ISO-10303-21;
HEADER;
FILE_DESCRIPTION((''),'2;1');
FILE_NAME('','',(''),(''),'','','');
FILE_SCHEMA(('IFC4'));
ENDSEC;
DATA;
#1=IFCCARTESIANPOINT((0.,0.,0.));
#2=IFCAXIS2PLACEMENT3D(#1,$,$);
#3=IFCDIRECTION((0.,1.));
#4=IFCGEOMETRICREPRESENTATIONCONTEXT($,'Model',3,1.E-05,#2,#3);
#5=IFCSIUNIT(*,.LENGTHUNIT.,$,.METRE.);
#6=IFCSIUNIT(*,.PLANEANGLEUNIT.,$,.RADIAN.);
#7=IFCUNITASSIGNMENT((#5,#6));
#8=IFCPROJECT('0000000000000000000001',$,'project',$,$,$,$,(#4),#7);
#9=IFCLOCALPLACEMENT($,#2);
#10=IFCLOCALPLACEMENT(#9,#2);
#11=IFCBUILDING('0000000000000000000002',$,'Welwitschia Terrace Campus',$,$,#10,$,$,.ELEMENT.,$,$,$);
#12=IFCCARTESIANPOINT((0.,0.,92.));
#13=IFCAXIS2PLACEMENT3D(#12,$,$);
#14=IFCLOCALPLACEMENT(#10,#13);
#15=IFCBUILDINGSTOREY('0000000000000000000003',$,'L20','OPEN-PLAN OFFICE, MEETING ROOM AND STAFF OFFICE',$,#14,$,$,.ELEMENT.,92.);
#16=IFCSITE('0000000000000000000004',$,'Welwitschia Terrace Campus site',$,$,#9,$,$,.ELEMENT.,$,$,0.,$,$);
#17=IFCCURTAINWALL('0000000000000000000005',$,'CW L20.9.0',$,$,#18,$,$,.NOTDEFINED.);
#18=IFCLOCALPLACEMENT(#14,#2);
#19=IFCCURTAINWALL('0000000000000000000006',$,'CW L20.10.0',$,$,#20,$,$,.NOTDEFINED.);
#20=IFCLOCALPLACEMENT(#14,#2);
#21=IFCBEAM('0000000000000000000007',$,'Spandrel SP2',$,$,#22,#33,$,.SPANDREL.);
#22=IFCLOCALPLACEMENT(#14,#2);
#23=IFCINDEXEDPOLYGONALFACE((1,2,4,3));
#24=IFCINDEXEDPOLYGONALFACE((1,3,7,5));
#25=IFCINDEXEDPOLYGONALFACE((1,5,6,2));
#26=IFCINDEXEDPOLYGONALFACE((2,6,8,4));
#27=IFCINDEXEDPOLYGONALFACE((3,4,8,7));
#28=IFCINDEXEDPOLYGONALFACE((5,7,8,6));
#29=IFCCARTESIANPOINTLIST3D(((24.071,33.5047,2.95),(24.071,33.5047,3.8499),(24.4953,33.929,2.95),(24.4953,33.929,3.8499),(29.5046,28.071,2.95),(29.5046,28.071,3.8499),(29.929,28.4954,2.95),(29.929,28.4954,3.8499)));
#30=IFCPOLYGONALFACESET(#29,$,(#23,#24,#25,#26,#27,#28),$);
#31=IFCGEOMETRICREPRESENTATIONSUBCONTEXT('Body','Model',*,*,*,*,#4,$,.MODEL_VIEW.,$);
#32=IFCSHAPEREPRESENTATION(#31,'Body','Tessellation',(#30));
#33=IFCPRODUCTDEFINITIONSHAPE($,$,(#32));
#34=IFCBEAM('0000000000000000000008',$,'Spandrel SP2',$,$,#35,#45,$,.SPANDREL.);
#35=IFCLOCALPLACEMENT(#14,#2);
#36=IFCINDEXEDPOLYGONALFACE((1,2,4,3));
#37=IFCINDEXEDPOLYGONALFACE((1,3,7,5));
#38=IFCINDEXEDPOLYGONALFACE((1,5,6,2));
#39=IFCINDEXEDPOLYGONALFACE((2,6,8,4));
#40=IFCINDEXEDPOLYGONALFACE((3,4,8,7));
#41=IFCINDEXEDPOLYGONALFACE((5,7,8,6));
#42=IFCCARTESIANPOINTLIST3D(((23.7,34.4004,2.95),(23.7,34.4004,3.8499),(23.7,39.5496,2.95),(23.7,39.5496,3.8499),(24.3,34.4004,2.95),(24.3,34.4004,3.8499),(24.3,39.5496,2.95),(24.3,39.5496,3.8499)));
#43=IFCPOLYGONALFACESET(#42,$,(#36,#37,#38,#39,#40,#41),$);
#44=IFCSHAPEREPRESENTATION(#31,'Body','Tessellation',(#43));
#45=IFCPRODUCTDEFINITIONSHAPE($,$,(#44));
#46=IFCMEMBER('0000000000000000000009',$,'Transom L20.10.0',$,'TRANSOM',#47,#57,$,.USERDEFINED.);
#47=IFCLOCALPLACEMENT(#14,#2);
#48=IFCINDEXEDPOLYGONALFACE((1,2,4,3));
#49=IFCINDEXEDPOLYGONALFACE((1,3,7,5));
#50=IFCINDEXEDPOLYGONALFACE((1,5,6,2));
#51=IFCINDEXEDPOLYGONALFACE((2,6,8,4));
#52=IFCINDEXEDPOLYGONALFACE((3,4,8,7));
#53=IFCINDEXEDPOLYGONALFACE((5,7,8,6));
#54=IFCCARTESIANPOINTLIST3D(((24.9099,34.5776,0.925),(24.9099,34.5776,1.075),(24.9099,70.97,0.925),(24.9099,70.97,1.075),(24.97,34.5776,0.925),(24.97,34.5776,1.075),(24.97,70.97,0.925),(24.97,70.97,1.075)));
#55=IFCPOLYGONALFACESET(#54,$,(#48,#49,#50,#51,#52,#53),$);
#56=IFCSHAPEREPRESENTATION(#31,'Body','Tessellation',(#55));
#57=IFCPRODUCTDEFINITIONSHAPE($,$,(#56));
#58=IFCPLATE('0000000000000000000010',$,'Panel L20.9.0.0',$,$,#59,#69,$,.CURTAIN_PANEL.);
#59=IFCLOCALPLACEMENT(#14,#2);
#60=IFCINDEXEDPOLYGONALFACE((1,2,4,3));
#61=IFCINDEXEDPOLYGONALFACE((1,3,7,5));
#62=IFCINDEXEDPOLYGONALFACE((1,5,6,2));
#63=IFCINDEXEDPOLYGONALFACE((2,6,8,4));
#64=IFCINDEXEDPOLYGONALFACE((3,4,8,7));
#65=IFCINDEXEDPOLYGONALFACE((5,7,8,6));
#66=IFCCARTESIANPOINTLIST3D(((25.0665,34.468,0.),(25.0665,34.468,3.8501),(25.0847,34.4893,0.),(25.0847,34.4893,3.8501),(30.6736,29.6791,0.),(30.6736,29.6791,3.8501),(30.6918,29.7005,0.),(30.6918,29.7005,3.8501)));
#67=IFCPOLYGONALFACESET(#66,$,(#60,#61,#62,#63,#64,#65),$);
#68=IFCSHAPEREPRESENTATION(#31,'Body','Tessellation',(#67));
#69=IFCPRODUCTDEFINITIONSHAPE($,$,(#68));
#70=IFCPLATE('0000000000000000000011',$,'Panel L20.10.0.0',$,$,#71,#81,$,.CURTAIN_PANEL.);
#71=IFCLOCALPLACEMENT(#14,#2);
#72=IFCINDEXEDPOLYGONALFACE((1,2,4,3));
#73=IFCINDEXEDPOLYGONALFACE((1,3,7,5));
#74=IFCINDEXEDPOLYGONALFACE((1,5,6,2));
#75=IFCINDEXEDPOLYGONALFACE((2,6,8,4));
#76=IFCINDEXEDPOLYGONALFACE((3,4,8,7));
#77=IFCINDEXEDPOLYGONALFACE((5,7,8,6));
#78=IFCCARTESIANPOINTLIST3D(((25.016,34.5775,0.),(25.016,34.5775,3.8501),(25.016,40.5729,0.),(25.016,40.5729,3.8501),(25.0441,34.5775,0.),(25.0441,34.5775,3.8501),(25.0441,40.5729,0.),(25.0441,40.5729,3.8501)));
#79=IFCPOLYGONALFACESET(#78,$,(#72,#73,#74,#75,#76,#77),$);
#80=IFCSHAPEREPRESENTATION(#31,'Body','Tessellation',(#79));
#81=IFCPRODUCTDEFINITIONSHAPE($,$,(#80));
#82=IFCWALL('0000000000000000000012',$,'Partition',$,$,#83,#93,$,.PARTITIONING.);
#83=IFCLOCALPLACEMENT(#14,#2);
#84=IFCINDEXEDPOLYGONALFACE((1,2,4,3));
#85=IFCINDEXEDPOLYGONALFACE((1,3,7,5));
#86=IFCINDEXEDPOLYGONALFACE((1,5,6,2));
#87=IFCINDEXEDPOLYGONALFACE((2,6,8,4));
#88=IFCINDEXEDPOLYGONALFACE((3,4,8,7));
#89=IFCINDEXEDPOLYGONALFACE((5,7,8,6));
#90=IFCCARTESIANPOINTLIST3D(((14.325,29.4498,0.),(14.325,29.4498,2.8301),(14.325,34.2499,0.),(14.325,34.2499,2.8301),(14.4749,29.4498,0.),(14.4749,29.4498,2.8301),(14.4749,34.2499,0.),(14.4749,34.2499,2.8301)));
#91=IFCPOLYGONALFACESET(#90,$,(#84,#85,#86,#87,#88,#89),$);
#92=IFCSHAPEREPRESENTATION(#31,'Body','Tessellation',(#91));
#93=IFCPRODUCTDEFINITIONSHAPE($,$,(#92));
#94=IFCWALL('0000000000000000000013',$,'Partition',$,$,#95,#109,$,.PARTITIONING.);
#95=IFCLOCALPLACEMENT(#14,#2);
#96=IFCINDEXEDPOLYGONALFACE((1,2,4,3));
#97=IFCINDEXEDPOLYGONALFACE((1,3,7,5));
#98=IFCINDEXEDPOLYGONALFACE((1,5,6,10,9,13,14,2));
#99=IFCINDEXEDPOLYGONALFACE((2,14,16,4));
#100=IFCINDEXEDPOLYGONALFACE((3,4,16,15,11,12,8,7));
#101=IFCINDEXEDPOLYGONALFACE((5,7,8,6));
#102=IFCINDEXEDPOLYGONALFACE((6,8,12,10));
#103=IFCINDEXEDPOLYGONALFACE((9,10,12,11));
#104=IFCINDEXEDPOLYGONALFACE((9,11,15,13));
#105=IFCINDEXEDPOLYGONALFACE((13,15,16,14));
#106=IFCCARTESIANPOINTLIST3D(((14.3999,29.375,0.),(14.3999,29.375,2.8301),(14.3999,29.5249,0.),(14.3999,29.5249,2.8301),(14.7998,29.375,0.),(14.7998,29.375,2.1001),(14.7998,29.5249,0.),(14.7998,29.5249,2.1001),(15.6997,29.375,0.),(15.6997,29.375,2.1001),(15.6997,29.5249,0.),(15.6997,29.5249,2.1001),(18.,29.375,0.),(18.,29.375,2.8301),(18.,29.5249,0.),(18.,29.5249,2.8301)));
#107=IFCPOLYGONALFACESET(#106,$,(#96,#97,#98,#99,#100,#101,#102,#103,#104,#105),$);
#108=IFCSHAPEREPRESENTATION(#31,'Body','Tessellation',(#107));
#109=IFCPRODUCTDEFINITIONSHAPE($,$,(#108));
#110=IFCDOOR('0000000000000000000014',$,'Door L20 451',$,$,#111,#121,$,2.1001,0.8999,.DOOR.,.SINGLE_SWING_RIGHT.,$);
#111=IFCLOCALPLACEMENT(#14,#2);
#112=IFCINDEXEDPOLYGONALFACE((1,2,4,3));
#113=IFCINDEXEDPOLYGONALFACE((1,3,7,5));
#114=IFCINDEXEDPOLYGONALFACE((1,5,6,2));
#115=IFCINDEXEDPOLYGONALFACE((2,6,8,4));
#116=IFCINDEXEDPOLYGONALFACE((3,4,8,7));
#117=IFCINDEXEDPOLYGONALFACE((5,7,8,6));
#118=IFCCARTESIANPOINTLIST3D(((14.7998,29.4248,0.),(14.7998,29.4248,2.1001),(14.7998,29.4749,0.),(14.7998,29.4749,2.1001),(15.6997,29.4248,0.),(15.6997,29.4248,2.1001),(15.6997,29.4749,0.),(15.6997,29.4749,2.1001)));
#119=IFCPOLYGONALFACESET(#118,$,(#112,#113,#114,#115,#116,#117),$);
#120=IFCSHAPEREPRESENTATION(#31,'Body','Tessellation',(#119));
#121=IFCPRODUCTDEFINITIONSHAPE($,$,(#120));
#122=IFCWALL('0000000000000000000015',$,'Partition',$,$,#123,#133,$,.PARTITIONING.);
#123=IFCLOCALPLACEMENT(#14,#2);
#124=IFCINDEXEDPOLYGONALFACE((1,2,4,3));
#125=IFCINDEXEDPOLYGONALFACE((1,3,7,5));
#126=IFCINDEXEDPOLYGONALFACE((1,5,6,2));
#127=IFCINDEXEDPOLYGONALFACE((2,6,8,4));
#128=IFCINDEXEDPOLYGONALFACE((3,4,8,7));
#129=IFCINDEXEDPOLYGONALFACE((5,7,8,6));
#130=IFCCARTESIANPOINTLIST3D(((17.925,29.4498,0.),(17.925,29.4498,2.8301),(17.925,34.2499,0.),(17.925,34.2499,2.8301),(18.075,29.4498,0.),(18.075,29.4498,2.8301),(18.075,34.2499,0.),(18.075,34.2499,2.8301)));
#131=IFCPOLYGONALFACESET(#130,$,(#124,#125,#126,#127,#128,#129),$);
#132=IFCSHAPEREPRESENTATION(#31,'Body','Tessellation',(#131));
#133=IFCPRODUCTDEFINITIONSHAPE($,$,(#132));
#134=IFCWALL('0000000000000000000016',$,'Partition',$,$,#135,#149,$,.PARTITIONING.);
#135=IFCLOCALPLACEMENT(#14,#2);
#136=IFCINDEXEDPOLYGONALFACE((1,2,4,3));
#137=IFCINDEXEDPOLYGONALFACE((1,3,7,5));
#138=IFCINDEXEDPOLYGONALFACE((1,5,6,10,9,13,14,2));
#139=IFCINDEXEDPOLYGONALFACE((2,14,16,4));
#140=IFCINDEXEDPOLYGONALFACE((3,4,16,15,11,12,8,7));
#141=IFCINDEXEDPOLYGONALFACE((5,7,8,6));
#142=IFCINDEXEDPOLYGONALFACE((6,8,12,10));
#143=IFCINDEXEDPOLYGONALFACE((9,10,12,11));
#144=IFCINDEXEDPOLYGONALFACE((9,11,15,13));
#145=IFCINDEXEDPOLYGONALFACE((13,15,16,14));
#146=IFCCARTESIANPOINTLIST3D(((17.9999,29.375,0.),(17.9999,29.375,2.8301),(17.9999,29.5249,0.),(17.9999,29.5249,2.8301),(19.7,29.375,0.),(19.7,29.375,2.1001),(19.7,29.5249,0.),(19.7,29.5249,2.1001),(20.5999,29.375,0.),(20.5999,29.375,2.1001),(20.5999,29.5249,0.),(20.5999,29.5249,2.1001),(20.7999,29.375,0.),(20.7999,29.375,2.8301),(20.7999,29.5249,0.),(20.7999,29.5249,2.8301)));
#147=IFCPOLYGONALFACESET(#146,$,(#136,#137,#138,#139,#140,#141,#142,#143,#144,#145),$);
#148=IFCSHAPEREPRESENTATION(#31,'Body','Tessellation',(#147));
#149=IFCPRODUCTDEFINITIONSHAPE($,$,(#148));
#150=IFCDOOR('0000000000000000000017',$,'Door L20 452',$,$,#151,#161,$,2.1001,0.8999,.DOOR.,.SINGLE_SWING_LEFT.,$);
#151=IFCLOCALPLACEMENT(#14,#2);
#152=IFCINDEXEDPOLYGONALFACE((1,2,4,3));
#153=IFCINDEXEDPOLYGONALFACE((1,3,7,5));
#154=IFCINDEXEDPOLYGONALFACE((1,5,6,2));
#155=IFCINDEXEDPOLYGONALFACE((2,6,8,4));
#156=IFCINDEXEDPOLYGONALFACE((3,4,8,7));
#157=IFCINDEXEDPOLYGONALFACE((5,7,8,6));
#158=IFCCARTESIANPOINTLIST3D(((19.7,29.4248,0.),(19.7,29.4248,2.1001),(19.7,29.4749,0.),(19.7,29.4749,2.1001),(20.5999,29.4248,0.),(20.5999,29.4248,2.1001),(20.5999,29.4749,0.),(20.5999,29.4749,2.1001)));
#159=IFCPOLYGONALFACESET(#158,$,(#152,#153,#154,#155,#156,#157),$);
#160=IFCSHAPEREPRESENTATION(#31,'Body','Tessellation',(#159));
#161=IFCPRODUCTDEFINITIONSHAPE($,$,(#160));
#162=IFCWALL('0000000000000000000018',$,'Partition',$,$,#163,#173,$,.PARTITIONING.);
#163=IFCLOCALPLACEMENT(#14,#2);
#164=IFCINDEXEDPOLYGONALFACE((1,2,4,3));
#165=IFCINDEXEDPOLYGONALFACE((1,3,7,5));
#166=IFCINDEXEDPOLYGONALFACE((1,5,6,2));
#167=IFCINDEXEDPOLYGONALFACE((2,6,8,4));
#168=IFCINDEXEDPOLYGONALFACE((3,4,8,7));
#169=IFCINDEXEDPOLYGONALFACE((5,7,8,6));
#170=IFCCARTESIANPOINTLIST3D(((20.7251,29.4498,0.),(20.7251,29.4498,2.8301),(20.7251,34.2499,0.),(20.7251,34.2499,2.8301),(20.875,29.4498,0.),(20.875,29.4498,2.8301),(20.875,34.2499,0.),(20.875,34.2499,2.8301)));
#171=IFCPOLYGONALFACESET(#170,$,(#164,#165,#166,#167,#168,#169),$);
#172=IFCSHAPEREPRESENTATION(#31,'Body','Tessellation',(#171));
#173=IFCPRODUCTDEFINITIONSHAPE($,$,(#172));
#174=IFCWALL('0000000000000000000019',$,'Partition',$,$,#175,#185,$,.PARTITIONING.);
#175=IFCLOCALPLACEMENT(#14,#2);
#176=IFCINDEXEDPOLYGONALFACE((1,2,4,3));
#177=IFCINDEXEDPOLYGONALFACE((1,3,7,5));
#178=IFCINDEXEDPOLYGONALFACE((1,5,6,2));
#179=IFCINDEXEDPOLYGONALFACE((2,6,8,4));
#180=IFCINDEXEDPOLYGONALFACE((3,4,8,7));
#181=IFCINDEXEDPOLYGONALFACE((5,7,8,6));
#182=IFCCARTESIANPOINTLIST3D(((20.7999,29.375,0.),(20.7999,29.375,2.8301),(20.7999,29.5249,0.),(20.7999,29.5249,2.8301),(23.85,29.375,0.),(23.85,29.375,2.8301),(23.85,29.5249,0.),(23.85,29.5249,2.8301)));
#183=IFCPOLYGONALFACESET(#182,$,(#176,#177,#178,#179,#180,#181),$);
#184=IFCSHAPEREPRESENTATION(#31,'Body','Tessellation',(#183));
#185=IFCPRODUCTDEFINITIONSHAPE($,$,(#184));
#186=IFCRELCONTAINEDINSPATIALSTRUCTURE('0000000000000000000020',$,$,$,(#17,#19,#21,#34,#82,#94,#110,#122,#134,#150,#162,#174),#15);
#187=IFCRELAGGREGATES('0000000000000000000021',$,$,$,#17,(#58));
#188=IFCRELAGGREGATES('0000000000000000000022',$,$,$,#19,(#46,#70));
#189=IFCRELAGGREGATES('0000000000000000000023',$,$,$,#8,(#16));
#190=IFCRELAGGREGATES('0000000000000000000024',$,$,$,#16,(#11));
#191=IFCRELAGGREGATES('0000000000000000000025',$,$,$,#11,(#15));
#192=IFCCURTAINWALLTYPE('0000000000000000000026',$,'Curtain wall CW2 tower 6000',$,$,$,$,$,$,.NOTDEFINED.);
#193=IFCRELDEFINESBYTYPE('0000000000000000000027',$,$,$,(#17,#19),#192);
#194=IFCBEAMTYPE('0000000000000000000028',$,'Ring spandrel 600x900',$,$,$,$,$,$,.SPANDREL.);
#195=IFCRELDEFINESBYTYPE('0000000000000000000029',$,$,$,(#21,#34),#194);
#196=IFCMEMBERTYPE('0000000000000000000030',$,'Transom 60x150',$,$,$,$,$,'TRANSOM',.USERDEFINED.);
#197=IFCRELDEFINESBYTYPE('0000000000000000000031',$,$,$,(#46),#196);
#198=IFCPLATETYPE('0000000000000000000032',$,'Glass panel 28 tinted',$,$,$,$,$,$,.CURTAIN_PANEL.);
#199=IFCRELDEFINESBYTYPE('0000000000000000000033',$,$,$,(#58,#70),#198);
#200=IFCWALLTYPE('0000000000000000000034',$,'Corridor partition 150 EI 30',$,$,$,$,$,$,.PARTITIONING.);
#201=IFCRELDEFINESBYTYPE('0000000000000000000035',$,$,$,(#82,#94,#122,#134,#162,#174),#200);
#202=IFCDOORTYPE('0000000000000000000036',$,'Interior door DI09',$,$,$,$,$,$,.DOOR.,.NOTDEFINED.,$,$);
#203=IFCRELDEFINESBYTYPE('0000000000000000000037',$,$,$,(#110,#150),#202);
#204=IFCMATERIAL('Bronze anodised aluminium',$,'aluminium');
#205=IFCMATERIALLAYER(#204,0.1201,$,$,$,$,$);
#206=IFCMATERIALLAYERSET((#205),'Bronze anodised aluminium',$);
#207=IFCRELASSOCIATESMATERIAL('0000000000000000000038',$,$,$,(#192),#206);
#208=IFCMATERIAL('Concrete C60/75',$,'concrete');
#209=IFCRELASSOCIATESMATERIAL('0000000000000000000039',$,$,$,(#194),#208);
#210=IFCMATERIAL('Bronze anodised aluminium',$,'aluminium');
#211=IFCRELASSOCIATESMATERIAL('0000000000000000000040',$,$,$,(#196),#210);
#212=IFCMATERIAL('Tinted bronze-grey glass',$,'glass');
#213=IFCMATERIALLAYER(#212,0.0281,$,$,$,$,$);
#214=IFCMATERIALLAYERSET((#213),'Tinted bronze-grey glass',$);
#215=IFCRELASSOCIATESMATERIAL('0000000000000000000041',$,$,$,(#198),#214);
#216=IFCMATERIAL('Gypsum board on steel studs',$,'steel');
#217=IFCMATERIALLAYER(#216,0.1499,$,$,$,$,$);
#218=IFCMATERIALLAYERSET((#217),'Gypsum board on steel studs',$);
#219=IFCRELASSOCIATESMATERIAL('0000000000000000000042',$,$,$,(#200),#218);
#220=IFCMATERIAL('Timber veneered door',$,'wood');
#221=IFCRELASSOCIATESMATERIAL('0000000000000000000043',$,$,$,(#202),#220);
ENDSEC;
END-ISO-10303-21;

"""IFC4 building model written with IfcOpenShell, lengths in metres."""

from ifc_helpers import new_model, si_unit, direction, frame, frame_2d, origin, origin_2d, place, context, subcontext, project, spatial, rectangle, extrude, material, layer, layer_set, material_profile, profile_set, type_object, element, fill, aggregate, save


model = new_model("IFC4")

# Units and contexts
model_context = context("Model", 3, precision=1e-05, world=origin(), true_north=direction((0.0, 1.0)))
body_context = subcontext(model_context, "Body", "Model", "MODEL_VIEW")
ifc_project = project(units=[si_unit("LENGTHUNIT", "METRE"), si_unit("PLANEANGLEUNIT", "RADIAN")], contexts=[model_context])

# Site, building, storey
site_placement = place(None, origin())
site = spatial("IfcSite", under=ifc_project, at=site_placement, Name="Welwitschia Terrace Campus site", CompositionType="ELEMENT", RefElevation=0.0)
building_placement = place(site_placement, origin())
building = spatial("IfcBuilding", under=site, at=building_placement, Name="Welwitschia Terrace Campus", CompositionType="ELEMENT")
storey_placement = place(building_placement, frame((0.0, 0.0, 92.0)))
storey = spatial("IfcBuildingStorey", under=building, at=storey_placement, Name="L20", Description="OPEN-PLAN OFFICE, MEETING ROOM AND STAFF OFFICE", CompositionType="ELEMENT", Elevation=92.0)

# Curtain walls
ifc_material_1 = material(Name="Bronze anodised aluminium", Category="aluminium")
ifc_layer_1 = layer(ifc_material_1, 0.1201)
ifc_layer_set_1 = layer_set([ifc_layer_1], Name="Bronze anodised aluminium")
curtain_wall_type = type_object("IfcCurtainWallType", Name="Curtain wall CW2 tower 6000", PredefinedType="NOTDEFINED", material=ifc_layer_set_1)
curtain_wall_1_placement = place(storey_placement, origin())
curtain_wall_1 = element("IfcCurtainWall", 1, at=curtain_wall_1_placement, inside=storey, type_object=curtain_wall_type, Name="CW L20.9.0", PredefinedType="NOTDEFINED")
curtain_wall_2_placement = place(storey_placement, origin())
curtain_wall_2 = element("IfcCurtainWall", 2, at=curtain_wall_2_placement, inside=storey, type_object=curtain_wall_type, Name="CW L20.10.0", PredefinedType="NOTDEFINED")

# Beams
ifc_material_2 = material(Name="Concrete C60/75", Category="concrete")
ifc_material_profile_1 = material_profile(ifc_material_2, rectangle(XDim=0.6001, YDim=0.8999, at=origin_2d()))
ifc_profile_set_1 = profile_set([ifc_material_profile_1], Name="Concrete C60/75")
beam_type_1 = type_object("IfcBeamType", Name="Ring spandrel 600x900", PredefinedType="SPANDREL", material=ifc_profile_set_1)
beam_1_placement = place(storey_placement, frame((29.7168, 28.2832, 3.3999), z_axis=(-0.707107, 0.707107, 0.0), x_axis=(-0.707107, -0.707107, 0.0)))
element("IfcBeam", 3, at=beam_1_placement, inside=storey, type_object=beam_type_1, Name="Spandrel SP2", PredefinedType="SPANDREL", context=body_context, shape_type="SweptSolid", body=[
    extrude(rectangle(XDim=0.6001, YDim=0.8999, at=origin_2d()), origin(), (0.0, 0.0, 1.0), 7.6843),
])
beam_2_placement = place(storey_placement, frame((24.0, 34.4004, 3.3999), z_axis=(0.0, 1.0, 0.0), x_axis=(-1.0, 0.0, 0.0)))
element("IfcBeam", 4, at=beam_2_placement, inside=storey, type_object=beam_type_1, Name="Spandrel SP2", PredefinedType="SPANDREL", context=body_context, shape_type="SweptSolid", body=[
    extrude(rectangle(XDim=0.6001, YDim=0.8999, at=origin_2d()), origin(), (0.0, 0.0, 1.0), 5.1492),
])

# Member
ifc_material_3 = material(Name="Bronze anodised aluminium", Category="aluminium")
ifc_material_profile_2 = material_profile(ifc_material_3, rectangle(XDim=0.0601, YDim=0.1499, at=origin_2d()))
ifc_profile_set_2 = profile_set([ifc_material_profile_2], Name="Bronze anodised aluminium")
member_type_1 = type_object("IfcMemberType", Name="Transom 60x150", ElementType="TRANSOM", PredefinedType="USERDEFINED", material=ifc_profile_set_2)
member_1_placement = place(storey_placement, frame((24.9399, 34.5776, 1.0), z_axis=(0.0, 1.0, 0.0), x_axis=(-1.0, 0.0, 0.0)))
member_1 = element("IfcMember", 5, at=member_1_placement, type_object=member_type_1, Name="Transom L20.10.0", ObjectType="TRANSOM", PredefinedType="USERDEFINED", context=body_context, shape_type="SweptSolid", body=[
    extrude(rectangle(XDim=0.0601, YDim=0.1499, at=origin_2d()), origin(), (0.0, 0.0, 1.0), 36.3923),
])

# Plates
ifc_material_4 = material(Name="Tinted bronze-grey glass", Category="glass")
ifc_layer_2 = layer(ifc_material_4, 0.0281)
ifc_layer_set_2 = layer_set([ifc_layer_2], Name="Tinted bronze-grey glass")
plate_type = type_object("IfcPlateType", Name="Glass panel 28 tinted", PredefinedType="CURTAIN_PANEL", material=ifc_layer_set_2)
plate_1_placement = place(storey_placement, frame((27.8792, 32.0842, 0.0), z_axis=(0.0, 0.0, 1.0), x_axis=(-0.760406, 0.649448, 0.0)))
plate_1 = element("IfcPlate", 6, at=plate_1_placement, type_object=plate_type, Name="Panel L20.9.0.0", PredefinedType="CURTAIN_PANEL", context=body_context, shape_type="SweptSolid", body=[
    extrude(rectangle(XDim=7.3738, YDim=0.0281, at=origin_2d()), origin(), (0.0, 0.0, 1.0), 3.8501),
])
aggregate(curtain_wall_1, [plate_1])
plate_2_placement = place(storey_placement, frame((25.03, 37.5752, 0.0), z_axis=(0.0, 0.0, 1.0), x_axis=(0.0, 1.0, 0.0)))
plate_2 = element("IfcPlate", 7, at=plate_2_placement, type_object=plate_type, Name="Panel L20.10.0.0", PredefinedType="CURTAIN_PANEL", context=body_context, shape_type="SweptSolid", body=[
    extrude(rectangle(XDim=5.9954, YDim=0.0281, at=origin_2d()), origin(), (0.0, 0.0, 1.0), 3.8501),
])
aggregate(curtain_wall_2, [member_1, plate_2])

# Wall
ifc_material_5 = material(Name="Gypsum board on steel studs", Category="steel")
ifc_layer_3 = layer(ifc_material_5, 0.1499)
ifc_layer_set_3 = layer_set([ifc_layer_3], Name="Gypsum board on steel studs")
wall_type = type_object("IfcWallType", Name="Corridor partition 150 EI 30", PredefinedType="PARTITIONING", material=ifc_layer_set_3)
wall_1_placement = place(storey_placement, frame((14.3999, 29.45, 0.0), z_axis=(0.0, 0.0, 1.0), x_axis=(0.0, 1.0, 0.0)))
element("IfcWall", 8, at=wall_1_placement, inside=storey, type_object=wall_type, Name="Partition", PredefinedType="PARTITIONING", context=body_context, shape_type="SweptSolid", body=[
    extrude(rectangle(XDim=4.8, YDim=0.1499, at=frame_2d((2.3999, 0.0))), origin(), (0.0, 0.0, 1.0), 2.8301),
])

# Wall, opening, door
wall_2_placement = place(storey_placement, frame((14.3999, 29.45, 0.0), z_axis=(0.0, 0.0, 1.0), x_axis=(1.0, 0.0, 0.0)))
wall_2 = element("IfcWall", 9, at=wall_2_placement, inside=storey, type_object=wall_type, Name="Partition", PredefinedType="PARTITIONING", context=body_context, shape_type="SweptSolid", body=[
    extrude(rectangle(XDim=3.6001, YDim=0.1499, at=frame_2d((1.8, 0.0))), origin(), (0.0, 0.0, 1.0), 2.8301),
])
opening_1_placement = place(wall_2_placement, frame((0.3999, 0.0, 0.0)))
opening_1 = element("IfcOpeningElement", 10, at=opening_1_placement, cuts=wall_2, PredefinedType="OPENING", context=body_context, shape_type="SweptSolid", body=[
    extrude(rectangle(XDim=0.8999, YDim=2.1001, at=frame_2d((0.45, 1.05))), frame((0.0, 0.085, 0.0), z_axis=(0.0, -1.0, 0.0), x_axis=(1.0, 0.0, 0.0)), (0.0, 0.0, 1.0), 0.1699),
])
ifc_material_6 = material(Name="Timber veneered door", Category="wood")
door_type = type_object("IfcDoorType", Name="Interior door DI09", OperationType="NOTDEFINED", PredefinedType="DOOR", material=ifc_material_6)
door_1_placement = place(opening_1_placement, origin())
door_1 = element("IfcDoor", 11, at=door_1_placement, inside=storey, type_object=door_type, Name="Door L20 451", OperationType="SINGLE_SWING_RIGHT", OverallHeight=2.1001, OverallWidth=0.8999, PredefinedType="DOOR", context=body_context, shape_type="SweptSolid", body=[
    extrude(rectangle(XDim=0.8999, YDim=2.1001, at=frame_2d((0.45, 1.05))), frame((0.0, 0.0249, 0.0), z_axis=(0.0, -1.0, 0.0), x_axis=(1.0, 0.0, 0.0)), (0.0, 0.0, 1.0), 0.05),
])
fill(opening_1, door_1)

# Wall
wall_3_placement = place(storey_placement, frame((18.0, 29.45, 0.0), z_axis=(0.0, 0.0, 1.0), x_axis=(0.0, 1.0, 0.0)))
element("IfcWall", 12, at=wall_3_placement, inside=storey, type_object=wall_type, Name="Partition", PredefinedType="PARTITIONING", context=body_context, shape_type="SweptSolid", body=[
    extrude(rectangle(XDim=4.8, YDim=0.1499, at=frame_2d((2.3999, 0.0))), origin(), (0.0, 0.0, 1.0), 2.8301),
])

# Wall, opening, door
wall_4_placement = place(storey_placement, frame((18.0, 29.45, 0.0), z_axis=(0.0, 0.0, 1.0), x_axis=(1.0, 0.0, 0.0)))
wall_4 = element("IfcWall", 13, at=wall_4_placement, inside=storey, type_object=wall_type, Name="Partition", PredefinedType="PARTITIONING", context=body_context, shape_type="SweptSolid", body=[
    extrude(rectangle(XDim=2.8, YDim=0.1499, at=frame_2d((1.3999, 0.0))), origin(), (0.0, 0.0, 1.0), 2.8301),
])
opening_2_placement = place(wall_4_placement, frame((1.7, 0.0, 0.0)))
opening_2 = element("IfcOpeningElement", 14, at=opening_2_placement, cuts=wall_4, PredefinedType="OPENING", context=body_context, shape_type="SweptSolid", body=[
    extrude(rectangle(XDim=0.8999, YDim=2.1001, at=frame_2d((0.45, 1.05))), frame((0.0, 0.085, 0.0), z_axis=(0.0, -1.0, 0.0), x_axis=(1.0, 0.0, 0.0)), (0.0, 0.0, 1.0), 0.1699),
])
door_2_placement = place(opening_2_placement, origin())
door_2 = element("IfcDoor", 15, at=door_2_placement, inside=storey, type_object=door_type, Name="Door L20 452", OperationType="SINGLE_SWING_LEFT", OverallHeight=2.1001, OverallWidth=0.8999, PredefinedType="DOOR", context=body_context, shape_type="SweptSolid", body=[
    extrude(rectangle(XDim=0.8999, YDim=2.1001, at=frame_2d((0.45, 1.05))), frame((0.0, 0.0249, 0.0), z_axis=(0.0, -1.0, 0.0), x_axis=(1.0, 0.0, 0.0)), (0.0, 0.0, 1.0), 0.05),
])
fill(opening_2, door_2)

# Walls
wall_5_placement = place(storey_placement, frame((20.8, 29.45, 0.0), z_axis=(0.0, 0.0, 1.0), x_axis=(0.0, 1.0, 0.0)))
element("IfcWall", 16, at=wall_5_placement, inside=storey, type_object=wall_type, Name="Partition", PredefinedType="PARTITIONING", context=body_context, shape_type="SweptSolid", body=[
    extrude(rectangle(XDim=4.8, YDim=0.1499, at=frame_2d((2.3999, 0.0))), origin(), (0.0, 0.0, 1.0), 2.8301),
])
wall_6_placement = place(storey_placement, frame((20.8, 29.45, 0.0), z_axis=(0.0, 0.0, 1.0), x_axis=(1.0, 0.0, 0.0)))
element("IfcWall", 17, at=wall_6_placement, inside=storey, type_object=wall_type, Name="Partition", PredefinedType="PARTITIONING", context=body_context, shape_type="SweptSolid", body=[
    extrude(rectangle(XDim=3.05, YDim=0.1499, at=frame_2d((1.5249, 0.0))), origin(), (0.0, 0.0, 1.0), 2.8301),
])

save(model, "model.ifc")
